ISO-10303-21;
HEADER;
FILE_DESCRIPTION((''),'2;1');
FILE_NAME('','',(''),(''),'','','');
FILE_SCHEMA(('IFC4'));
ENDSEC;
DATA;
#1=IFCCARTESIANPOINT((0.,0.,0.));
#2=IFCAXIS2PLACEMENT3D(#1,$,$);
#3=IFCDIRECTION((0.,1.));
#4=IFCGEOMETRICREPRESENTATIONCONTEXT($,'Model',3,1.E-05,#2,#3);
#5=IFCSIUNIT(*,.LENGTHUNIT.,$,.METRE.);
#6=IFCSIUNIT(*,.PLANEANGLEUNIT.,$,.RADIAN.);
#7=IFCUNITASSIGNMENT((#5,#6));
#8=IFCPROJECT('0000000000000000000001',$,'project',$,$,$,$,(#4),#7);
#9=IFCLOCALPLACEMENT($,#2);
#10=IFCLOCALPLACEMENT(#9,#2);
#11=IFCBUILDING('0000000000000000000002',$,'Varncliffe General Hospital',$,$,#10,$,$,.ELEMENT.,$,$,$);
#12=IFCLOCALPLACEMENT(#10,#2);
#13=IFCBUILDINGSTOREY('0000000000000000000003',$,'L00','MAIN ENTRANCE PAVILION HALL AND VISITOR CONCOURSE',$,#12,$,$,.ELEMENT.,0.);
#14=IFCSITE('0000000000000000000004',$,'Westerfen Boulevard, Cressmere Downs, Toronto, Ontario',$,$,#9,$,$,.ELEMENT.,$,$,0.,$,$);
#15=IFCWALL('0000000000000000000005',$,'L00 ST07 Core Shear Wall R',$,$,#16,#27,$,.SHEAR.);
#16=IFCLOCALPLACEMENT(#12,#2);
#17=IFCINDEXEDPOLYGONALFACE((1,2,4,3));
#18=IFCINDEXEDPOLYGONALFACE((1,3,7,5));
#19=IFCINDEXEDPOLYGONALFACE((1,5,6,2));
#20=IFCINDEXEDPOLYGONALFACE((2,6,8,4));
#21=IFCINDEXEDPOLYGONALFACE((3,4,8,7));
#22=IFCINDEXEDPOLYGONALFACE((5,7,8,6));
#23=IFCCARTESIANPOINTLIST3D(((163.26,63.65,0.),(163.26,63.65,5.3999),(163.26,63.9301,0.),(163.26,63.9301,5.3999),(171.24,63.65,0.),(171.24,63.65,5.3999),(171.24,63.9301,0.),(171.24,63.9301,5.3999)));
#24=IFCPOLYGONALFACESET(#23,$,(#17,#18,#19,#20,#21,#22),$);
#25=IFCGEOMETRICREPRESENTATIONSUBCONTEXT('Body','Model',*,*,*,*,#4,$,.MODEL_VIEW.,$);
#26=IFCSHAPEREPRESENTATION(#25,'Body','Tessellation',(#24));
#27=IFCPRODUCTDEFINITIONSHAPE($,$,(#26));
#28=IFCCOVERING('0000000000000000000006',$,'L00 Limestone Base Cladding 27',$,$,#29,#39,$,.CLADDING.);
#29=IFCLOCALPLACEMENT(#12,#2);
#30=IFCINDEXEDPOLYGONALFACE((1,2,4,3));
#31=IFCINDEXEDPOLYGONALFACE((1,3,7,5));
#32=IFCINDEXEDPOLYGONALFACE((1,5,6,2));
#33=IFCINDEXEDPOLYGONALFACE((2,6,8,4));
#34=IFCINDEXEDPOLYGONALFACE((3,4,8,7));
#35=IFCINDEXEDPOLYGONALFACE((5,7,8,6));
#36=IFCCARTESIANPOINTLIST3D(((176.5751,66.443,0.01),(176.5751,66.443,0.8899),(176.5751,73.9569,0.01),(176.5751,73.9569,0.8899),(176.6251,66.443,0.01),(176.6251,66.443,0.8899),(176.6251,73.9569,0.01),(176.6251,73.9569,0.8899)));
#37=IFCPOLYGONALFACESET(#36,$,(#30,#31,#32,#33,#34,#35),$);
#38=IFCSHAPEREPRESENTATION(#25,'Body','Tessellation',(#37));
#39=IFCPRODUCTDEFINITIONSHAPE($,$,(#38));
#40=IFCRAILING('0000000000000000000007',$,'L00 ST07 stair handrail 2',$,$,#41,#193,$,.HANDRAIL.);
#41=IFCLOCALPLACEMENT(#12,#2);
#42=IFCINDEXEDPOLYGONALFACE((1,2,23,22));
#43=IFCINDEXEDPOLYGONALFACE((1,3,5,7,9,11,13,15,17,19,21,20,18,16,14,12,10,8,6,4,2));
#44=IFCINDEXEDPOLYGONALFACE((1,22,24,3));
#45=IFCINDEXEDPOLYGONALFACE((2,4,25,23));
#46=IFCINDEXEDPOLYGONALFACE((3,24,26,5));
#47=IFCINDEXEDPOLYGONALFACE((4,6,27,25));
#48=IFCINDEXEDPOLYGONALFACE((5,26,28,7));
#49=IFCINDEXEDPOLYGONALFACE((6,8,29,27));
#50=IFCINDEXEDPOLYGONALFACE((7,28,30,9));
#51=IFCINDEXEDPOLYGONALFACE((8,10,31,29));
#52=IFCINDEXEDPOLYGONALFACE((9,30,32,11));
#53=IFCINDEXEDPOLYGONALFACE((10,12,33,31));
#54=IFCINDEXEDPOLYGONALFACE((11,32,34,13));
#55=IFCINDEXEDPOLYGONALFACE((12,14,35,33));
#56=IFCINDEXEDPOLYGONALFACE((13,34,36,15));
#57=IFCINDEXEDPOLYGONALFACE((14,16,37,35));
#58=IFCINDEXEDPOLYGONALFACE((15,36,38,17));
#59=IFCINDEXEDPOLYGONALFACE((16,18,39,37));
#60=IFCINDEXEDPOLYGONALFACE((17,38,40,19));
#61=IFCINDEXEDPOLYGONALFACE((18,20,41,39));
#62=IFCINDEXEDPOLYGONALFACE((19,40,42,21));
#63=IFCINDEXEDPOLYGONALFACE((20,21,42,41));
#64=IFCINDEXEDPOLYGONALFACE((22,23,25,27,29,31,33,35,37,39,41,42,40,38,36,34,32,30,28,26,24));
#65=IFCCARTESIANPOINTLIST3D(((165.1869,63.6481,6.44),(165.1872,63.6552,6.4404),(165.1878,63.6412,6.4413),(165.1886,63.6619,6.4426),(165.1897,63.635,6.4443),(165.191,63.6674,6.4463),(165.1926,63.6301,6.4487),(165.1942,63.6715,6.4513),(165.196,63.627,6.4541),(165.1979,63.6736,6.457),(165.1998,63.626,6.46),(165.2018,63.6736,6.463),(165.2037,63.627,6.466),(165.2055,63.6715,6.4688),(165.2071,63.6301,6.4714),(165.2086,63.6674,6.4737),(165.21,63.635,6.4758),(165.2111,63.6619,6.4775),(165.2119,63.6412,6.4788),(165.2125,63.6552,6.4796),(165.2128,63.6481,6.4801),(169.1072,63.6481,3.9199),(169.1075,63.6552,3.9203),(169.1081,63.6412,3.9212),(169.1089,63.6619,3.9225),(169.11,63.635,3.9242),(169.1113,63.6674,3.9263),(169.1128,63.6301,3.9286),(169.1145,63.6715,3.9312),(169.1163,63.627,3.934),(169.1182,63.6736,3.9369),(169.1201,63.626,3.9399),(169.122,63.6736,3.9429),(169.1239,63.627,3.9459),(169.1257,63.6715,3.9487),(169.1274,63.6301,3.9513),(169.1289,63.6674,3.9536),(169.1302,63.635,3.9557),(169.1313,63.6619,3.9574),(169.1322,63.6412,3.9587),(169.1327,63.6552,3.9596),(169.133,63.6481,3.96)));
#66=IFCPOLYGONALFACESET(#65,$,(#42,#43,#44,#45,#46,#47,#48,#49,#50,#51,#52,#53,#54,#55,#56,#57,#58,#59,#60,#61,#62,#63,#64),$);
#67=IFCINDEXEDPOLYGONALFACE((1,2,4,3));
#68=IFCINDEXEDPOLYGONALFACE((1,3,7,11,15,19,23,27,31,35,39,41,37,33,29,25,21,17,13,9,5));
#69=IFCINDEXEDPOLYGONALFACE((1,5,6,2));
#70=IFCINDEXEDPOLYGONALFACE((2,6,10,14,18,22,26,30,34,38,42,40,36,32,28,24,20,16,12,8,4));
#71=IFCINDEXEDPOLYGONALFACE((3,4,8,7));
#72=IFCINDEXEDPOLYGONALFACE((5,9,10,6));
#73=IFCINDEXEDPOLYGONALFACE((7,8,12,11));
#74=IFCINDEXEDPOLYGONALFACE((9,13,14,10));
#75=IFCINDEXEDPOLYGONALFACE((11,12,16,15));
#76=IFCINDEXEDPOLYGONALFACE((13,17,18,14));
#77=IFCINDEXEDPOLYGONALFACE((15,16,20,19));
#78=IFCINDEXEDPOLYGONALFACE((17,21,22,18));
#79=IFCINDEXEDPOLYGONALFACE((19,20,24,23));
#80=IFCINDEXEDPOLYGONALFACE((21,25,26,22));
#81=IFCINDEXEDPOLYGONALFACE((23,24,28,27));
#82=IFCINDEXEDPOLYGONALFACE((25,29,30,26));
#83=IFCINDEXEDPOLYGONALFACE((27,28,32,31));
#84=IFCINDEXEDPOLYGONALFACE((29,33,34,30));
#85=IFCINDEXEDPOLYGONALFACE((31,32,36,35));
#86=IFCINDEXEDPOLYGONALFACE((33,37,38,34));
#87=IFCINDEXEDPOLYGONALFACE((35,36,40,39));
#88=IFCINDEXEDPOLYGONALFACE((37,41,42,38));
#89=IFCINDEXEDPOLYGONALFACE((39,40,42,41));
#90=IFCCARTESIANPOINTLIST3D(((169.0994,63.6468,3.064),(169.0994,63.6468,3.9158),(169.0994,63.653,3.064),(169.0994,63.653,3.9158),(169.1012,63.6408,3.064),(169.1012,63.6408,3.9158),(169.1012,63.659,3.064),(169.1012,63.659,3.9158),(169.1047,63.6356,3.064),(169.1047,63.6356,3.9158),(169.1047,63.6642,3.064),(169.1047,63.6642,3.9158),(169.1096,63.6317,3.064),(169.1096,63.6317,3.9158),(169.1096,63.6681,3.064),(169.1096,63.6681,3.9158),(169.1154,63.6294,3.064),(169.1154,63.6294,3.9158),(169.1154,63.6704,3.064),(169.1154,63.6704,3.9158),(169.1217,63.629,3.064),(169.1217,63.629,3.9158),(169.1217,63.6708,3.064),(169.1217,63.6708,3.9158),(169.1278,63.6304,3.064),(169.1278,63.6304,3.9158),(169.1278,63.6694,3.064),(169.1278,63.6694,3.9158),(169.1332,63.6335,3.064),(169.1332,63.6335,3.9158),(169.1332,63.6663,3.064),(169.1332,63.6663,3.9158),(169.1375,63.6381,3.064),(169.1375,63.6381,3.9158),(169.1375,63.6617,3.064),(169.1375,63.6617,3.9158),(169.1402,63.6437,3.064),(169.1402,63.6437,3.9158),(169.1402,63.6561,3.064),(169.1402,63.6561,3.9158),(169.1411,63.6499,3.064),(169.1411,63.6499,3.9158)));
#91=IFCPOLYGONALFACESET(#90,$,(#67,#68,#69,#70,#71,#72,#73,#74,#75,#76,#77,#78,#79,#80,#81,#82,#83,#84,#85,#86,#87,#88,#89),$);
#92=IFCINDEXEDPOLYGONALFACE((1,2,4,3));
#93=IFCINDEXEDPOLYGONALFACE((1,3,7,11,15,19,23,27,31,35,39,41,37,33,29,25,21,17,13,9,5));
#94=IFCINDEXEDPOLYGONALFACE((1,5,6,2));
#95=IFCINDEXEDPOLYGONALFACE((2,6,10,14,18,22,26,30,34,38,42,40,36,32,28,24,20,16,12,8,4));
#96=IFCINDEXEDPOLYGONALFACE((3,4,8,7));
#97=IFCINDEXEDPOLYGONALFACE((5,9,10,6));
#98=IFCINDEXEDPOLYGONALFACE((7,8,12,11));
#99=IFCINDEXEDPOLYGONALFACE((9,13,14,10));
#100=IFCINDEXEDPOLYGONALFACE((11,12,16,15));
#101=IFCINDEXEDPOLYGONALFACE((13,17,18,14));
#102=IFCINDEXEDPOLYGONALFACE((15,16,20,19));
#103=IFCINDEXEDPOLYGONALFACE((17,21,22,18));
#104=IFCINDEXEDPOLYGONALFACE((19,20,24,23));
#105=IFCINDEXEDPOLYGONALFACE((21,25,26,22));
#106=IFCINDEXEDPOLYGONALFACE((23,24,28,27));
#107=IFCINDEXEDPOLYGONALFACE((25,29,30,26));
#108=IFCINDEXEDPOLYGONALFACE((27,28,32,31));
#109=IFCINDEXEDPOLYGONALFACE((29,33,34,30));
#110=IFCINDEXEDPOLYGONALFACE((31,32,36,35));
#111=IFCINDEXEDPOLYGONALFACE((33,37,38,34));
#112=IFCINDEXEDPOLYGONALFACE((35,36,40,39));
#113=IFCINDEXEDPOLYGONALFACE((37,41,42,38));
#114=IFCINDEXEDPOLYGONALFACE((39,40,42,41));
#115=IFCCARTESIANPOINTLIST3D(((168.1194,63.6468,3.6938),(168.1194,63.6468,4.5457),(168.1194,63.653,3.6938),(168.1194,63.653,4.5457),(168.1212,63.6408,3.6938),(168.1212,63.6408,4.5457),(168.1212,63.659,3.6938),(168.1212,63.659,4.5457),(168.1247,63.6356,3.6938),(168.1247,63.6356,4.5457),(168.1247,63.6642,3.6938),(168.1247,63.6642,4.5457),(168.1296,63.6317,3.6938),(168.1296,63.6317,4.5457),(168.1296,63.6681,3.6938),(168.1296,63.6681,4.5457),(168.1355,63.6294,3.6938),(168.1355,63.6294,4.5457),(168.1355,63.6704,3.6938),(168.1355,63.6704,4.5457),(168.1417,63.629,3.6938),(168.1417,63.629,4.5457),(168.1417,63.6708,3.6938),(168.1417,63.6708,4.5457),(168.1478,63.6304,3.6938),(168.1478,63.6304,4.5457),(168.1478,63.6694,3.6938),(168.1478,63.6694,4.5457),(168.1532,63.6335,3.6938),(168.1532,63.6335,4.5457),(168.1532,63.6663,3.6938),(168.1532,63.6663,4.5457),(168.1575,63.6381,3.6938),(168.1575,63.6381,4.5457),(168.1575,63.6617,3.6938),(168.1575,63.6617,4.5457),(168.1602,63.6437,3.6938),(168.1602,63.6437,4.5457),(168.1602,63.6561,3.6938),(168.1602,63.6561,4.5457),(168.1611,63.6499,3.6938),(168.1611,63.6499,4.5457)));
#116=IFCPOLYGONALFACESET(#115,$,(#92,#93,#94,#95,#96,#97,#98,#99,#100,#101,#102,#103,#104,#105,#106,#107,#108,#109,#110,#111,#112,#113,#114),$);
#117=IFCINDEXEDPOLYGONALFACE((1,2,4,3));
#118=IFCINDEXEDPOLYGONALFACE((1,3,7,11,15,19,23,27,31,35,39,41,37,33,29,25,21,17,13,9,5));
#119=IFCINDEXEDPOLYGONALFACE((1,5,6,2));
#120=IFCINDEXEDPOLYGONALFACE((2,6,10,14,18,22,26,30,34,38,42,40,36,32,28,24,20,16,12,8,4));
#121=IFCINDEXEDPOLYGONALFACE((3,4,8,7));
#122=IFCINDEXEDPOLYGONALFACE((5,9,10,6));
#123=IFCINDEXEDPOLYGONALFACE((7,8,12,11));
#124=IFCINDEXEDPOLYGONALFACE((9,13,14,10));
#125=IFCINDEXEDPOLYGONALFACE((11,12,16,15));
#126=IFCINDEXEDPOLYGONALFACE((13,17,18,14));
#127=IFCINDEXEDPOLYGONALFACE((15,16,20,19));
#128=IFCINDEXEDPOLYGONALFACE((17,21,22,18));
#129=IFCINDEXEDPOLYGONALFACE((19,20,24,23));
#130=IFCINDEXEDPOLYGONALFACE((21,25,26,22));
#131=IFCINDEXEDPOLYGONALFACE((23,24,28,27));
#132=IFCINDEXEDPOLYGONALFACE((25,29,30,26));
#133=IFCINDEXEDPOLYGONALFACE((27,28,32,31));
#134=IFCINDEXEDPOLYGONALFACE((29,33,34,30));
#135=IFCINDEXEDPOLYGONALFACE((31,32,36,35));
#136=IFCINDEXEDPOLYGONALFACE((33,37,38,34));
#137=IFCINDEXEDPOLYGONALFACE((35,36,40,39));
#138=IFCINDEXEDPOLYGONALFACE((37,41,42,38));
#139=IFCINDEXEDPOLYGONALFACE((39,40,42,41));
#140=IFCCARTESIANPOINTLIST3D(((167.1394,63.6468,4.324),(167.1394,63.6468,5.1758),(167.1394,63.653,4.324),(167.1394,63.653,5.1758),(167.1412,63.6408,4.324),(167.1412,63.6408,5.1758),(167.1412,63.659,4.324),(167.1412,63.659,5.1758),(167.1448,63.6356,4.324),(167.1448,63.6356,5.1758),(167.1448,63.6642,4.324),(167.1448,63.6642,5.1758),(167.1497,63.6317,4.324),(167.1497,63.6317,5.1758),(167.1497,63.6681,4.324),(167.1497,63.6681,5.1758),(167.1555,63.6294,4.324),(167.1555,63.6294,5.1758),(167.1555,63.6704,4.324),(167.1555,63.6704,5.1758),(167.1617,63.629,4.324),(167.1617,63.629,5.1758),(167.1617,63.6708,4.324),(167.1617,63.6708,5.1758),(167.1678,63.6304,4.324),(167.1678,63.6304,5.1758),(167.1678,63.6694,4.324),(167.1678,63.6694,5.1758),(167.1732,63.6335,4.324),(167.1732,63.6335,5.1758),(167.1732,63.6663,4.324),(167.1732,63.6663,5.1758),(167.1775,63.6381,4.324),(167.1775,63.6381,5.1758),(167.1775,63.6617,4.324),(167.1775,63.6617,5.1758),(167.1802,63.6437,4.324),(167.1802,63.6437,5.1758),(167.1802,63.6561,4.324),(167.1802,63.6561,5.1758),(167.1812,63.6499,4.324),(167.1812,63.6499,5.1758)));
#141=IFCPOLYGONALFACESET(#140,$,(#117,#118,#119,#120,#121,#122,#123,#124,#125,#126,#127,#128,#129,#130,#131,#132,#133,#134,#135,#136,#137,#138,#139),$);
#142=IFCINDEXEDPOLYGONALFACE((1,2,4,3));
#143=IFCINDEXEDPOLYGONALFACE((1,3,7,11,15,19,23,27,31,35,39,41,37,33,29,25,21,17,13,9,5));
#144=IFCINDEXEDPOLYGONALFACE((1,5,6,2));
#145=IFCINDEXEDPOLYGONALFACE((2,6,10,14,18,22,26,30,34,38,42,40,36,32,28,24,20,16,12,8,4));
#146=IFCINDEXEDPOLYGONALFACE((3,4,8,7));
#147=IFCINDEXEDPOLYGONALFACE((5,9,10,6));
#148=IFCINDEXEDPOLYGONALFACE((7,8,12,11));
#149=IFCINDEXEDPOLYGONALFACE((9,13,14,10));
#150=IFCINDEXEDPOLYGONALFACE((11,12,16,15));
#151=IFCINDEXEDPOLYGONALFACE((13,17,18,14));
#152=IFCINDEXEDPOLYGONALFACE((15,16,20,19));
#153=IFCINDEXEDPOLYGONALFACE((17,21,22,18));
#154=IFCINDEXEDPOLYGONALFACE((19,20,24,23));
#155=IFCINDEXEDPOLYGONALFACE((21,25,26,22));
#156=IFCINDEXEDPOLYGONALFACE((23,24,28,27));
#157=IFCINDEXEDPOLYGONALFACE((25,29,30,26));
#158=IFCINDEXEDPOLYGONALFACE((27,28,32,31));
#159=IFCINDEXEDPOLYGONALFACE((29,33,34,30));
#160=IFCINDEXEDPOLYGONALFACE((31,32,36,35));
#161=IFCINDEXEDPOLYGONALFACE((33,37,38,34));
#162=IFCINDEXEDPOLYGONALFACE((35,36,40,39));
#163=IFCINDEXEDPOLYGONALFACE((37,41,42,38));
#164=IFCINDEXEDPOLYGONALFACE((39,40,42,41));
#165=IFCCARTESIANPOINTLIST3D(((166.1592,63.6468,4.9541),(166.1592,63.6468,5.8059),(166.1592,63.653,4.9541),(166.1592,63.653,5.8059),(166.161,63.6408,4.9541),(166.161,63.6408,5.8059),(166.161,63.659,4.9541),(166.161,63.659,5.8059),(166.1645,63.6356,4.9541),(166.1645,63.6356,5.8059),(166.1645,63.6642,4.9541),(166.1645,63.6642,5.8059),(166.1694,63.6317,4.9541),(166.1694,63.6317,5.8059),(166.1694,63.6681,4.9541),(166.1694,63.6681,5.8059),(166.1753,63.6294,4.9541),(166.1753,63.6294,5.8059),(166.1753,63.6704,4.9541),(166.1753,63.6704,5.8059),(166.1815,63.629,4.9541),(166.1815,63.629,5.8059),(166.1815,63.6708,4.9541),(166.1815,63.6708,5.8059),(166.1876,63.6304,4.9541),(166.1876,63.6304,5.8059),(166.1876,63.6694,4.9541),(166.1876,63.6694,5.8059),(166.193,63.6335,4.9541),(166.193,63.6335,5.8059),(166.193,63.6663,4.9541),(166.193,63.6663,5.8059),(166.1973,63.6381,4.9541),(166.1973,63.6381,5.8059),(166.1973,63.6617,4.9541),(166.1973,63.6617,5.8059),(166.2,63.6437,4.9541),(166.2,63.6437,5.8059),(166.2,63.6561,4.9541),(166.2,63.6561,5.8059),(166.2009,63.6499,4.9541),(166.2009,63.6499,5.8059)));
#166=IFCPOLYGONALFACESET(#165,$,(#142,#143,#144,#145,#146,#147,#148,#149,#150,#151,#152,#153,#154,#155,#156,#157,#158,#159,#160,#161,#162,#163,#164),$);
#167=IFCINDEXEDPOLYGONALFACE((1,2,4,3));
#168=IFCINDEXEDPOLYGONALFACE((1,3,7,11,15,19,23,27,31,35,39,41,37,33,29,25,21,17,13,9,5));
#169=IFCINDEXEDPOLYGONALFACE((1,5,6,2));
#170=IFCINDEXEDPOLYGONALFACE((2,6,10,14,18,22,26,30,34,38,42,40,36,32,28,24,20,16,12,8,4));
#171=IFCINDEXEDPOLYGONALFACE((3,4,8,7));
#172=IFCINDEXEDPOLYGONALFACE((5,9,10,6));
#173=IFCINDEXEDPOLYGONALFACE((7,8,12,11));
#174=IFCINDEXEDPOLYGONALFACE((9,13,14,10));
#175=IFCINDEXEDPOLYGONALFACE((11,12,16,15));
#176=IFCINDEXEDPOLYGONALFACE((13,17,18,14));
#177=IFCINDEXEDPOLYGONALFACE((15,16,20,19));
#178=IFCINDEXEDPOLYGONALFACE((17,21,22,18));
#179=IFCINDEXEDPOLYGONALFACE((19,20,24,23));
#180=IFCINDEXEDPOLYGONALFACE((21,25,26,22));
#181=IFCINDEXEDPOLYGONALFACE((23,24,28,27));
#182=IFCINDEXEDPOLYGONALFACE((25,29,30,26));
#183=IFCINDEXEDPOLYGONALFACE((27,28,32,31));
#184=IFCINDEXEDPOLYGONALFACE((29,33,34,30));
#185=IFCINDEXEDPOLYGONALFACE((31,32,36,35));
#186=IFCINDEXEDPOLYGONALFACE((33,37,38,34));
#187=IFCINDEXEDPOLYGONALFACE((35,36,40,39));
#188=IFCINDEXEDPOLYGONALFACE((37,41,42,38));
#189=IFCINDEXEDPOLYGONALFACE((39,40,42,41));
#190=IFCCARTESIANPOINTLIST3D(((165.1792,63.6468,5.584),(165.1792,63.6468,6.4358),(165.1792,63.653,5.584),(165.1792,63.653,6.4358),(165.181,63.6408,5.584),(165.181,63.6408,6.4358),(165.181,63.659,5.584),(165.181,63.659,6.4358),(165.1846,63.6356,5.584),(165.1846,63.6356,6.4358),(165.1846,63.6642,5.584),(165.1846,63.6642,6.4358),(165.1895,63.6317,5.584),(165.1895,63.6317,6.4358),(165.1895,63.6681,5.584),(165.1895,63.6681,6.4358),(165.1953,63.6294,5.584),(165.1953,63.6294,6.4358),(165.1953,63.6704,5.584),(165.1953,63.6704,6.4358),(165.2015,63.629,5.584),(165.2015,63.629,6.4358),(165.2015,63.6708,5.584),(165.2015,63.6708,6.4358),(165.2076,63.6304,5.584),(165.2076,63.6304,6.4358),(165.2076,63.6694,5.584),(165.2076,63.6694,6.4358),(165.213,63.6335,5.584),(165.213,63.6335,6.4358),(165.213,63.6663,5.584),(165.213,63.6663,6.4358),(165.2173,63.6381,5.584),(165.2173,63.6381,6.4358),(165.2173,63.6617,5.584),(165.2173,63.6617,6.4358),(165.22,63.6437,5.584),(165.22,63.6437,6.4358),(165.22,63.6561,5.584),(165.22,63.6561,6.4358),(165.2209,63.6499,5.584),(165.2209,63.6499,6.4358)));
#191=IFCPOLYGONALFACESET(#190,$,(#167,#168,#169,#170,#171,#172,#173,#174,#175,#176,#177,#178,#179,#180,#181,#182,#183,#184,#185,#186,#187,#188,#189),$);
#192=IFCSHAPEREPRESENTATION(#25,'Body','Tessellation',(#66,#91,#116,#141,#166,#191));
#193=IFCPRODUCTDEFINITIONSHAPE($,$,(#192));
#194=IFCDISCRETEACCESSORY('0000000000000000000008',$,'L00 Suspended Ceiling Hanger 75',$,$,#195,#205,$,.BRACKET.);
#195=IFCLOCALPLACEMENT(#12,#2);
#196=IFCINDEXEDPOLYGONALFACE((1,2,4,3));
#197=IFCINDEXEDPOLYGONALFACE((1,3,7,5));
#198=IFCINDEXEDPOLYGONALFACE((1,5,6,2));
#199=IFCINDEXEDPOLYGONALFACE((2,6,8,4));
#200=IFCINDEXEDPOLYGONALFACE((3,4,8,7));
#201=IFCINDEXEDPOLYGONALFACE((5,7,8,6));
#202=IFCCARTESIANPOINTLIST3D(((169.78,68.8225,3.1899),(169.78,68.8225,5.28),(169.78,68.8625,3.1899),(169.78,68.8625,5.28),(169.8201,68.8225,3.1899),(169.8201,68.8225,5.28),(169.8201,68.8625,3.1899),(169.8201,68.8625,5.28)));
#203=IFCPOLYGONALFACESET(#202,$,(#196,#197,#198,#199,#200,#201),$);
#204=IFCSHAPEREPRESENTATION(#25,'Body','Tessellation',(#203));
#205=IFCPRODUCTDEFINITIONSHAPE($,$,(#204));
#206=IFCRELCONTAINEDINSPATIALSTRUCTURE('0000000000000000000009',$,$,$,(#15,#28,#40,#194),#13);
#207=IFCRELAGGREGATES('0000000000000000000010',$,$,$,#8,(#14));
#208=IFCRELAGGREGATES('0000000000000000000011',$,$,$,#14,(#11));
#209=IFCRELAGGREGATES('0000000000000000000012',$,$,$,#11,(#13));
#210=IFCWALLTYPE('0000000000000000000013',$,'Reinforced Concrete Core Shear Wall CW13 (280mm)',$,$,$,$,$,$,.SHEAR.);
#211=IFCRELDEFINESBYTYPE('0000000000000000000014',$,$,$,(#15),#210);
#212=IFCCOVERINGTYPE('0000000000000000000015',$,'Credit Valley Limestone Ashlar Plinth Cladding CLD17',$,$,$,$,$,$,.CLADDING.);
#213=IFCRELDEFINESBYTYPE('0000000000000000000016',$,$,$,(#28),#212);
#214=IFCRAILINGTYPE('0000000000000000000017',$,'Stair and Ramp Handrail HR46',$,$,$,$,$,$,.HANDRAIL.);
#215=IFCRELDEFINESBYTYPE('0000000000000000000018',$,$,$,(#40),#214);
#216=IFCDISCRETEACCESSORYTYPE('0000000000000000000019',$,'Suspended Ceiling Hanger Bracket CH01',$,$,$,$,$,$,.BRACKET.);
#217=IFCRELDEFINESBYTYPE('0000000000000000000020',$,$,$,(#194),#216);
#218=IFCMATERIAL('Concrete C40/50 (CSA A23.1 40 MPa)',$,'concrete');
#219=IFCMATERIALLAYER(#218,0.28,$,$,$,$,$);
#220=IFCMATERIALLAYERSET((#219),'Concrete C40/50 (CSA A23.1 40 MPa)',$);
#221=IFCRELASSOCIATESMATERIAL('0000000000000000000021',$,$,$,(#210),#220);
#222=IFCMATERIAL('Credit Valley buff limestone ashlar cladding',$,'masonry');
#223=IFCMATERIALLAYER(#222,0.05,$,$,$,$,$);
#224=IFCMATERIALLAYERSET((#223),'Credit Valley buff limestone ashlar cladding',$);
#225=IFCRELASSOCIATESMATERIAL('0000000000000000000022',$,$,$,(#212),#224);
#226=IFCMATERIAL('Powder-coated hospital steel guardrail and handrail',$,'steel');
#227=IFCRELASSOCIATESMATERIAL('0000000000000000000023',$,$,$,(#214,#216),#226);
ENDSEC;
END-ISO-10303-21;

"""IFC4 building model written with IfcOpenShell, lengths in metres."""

from ifc_helpers import new_model, si_unit, direction, frame, frame_2d, origin, origin_2d, place, context, subcontext, project, spatial, rectangle, circle, extrude, material, layer, layer_set, type_object, element, save


model = new_model("IFC4")

# Units and contexts
model_context = context("Model", 3, precision=1e-05, world=origin(), true_north=direction((0.0, 1.0)))
body_context = subcontext(model_context, "Body", "Model", "MODEL_VIEW")
ifc_project = project(units=[si_unit("LENGTHUNIT", "METRE"), si_unit("PLANEANGLEUNIT", "RADIAN")], contexts=[model_context])

# Site, building, storey
site_placement = place(None, origin())
site = spatial("IfcSite", under=ifc_project, at=site_placement, Name="Westerfen Boulevard, Cressmere Downs, Toronto, Ontario", CompositionType="ELEMENT", RefElevation=0.0)
building_placement = place(site_placement, origin())
building = spatial("IfcBuilding", under=site, at=building_placement, Name="Varncliffe General Hospital", CompositionType="ELEMENT")
storey_placement = place(building_placement, origin())
storey = spatial("IfcBuildingStorey", under=building, at=storey_placement, Name="L00", Description="MAIN ENTRANCE PAVILION HALL AND VISITOR CONCOURSE", CompositionType="ELEMENT", Elevation=0.0)

# Shared definitions
ifc_material_1 = material(Name="Concrete C40/50 (CSA A23.1 40 MPa)", Category="concrete")

# Wall
ifc_layer_1 = layer(ifc_material_1, 0.28)
ifc_layer_set_1 = layer_set([ifc_layer_1], Name="Concrete C40/50 (CSA A23.1 40 MPa)")
wall_type_1 = type_object("IfcWallType", Name="Reinforced Concrete Core Shear Wall CW13 (280mm)", PredefinedType="SHEAR", material=ifc_layer_set_1)
wall_1_placement = place(storey_placement, frame((171.24, 63.79, 0.0), z_axis=(0.0, 0.0, 1.0), x_axis=(-1.0, 0.0, 0.0)))
element("IfcWall", 1, at=wall_1_placement, inside=storey, type_object=wall_type_1, Name="L00 ST07 Core Shear Wall R", PredefinedType="SHEAR", context=body_context, shape_type="SweptSolid", body=[
    extrude(rectangle(XDim=7.98, YDim=0.28, at=frame_2d((3.99, 0.0))), origin(), (0.0, 0.0, 1.0), 5.3999),
])

# Covering
ifc_material_2 = material(Name="Credit Valley buff limestone ashlar cladding", Category="masonry")
ifc_layer_2 = layer(ifc_material_2, 0.05)
ifc_layer_set_2 = layer_set([ifc_layer_2], Name="Credit Valley buff limestone ashlar cladding")
covering_type = type_object("IfcCoveringType", Name="Credit Valley Limestone Ashlar Plinth Cladding CLD17", PredefinedType="CLADDING", material=ifc_layer_set_2)
covering_placement = place(storey_placement, frame((176.6001, 70.2, 0.01), z_axis=(0.0, 0.0, 1.0), x_axis=(0.0, -1.0, 0.0)))
element("IfcCovering", 2, at=covering_placement, inside=storey, type_object=covering_type, Name="L00 Limestone Base Cladding 27", PredefinedType="CLADDING", context=body_context, shape_type="SweptSolid", body=[
    extrude(rectangle(XDim=7.5139, YDim=0.05, at=origin_2d()), origin(), (0.0, 0.0, 1.0), 0.8799),
])

# Railing
ifc_material_3 = material(Name="Powder-coated hospital steel guardrail and handrail", Category="steel")
railing_type = type_object("IfcRailingType", Name="Stair and Ramp Handrail HR46", PredefinedType="HANDRAIL", material=ifc_material_3)
railing_placement = place(storey_placement, frame((169.1201, 63.6499, 3.064)))
element("IfcRailing", 3, at=railing_placement, inside=storey, type_object=railing_type, Name="L00 ST07 stair handrail 2", PredefinedType="HANDRAIL", context=body_context, shape_type="SweptSolid", body=[
    extrude(circle(Radius=0.0239, at=origin_2d()), frame((0.0, 0.0, 0.876), z_axis=(-0.841187, 0.0, 0.540744), x_axis=(0.0, -1.0, 0.0)), (0.0, 0.0, 1.0), 4.6604),
    extrude(circle(Radius=0.021, at=origin_2d()), origin(), (0.0, 0.0, 1.0), 0.8518),
    extrude(circle(Radius=0.021, at=origin_2d()), frame((-0.98, 0.0, 0.6299)), (0.0, 0.0, 1.0), 0.8518),
    extrude(circle(Radius=0.021, at=origin_2d()), frame((-1.96, 0.0, 1.26)), (0.0, 0.0, 1.0), 0.8518),
    extrude(circle(Radius=0.021, at=origin_2d()), frame((-2.9402, 0.0, 1.8901)), (0.0, 0.0, 1.0), 0.8518),
    extrude(circle(Radius=0.021, at=origin_2d()), frame((-3.9202, 0.0, 2.52)), (0.0, 0.0, 1.0), 0.8518),
])

# Discrete accessory
discrete_accessory_type = type_object("IfcDiscreteAccessoryType", Name="Suspended Ceiling Hanger Bracket CH01", PredefinedType="BRACKET", material=ifc_material_3)
discrete_accessory_placement = place(storey_placement, frame((169.8, 68.8425, 3.1899), z_axis=(0.0, 0.0, 1.0), x_axis=(1.0, 0.0, 0.0)))
element("IfcDiscreteAccessory", 4, at=discrete_accessory_placement, inside=storey, type_object=discrete_accessory_type, Name="L00 Suspended Ceiling Hanger 75", PredefinedType="BRACKET", context=body_context, shape_type="SweptSolid", body=[
    extrude(rectangle(XDim=0.04, YDim=0.04, at=origin_2d()), origin(), (0.0, 0.0, 1.0), 2.0901),
])

save(model, "model.ifc")
